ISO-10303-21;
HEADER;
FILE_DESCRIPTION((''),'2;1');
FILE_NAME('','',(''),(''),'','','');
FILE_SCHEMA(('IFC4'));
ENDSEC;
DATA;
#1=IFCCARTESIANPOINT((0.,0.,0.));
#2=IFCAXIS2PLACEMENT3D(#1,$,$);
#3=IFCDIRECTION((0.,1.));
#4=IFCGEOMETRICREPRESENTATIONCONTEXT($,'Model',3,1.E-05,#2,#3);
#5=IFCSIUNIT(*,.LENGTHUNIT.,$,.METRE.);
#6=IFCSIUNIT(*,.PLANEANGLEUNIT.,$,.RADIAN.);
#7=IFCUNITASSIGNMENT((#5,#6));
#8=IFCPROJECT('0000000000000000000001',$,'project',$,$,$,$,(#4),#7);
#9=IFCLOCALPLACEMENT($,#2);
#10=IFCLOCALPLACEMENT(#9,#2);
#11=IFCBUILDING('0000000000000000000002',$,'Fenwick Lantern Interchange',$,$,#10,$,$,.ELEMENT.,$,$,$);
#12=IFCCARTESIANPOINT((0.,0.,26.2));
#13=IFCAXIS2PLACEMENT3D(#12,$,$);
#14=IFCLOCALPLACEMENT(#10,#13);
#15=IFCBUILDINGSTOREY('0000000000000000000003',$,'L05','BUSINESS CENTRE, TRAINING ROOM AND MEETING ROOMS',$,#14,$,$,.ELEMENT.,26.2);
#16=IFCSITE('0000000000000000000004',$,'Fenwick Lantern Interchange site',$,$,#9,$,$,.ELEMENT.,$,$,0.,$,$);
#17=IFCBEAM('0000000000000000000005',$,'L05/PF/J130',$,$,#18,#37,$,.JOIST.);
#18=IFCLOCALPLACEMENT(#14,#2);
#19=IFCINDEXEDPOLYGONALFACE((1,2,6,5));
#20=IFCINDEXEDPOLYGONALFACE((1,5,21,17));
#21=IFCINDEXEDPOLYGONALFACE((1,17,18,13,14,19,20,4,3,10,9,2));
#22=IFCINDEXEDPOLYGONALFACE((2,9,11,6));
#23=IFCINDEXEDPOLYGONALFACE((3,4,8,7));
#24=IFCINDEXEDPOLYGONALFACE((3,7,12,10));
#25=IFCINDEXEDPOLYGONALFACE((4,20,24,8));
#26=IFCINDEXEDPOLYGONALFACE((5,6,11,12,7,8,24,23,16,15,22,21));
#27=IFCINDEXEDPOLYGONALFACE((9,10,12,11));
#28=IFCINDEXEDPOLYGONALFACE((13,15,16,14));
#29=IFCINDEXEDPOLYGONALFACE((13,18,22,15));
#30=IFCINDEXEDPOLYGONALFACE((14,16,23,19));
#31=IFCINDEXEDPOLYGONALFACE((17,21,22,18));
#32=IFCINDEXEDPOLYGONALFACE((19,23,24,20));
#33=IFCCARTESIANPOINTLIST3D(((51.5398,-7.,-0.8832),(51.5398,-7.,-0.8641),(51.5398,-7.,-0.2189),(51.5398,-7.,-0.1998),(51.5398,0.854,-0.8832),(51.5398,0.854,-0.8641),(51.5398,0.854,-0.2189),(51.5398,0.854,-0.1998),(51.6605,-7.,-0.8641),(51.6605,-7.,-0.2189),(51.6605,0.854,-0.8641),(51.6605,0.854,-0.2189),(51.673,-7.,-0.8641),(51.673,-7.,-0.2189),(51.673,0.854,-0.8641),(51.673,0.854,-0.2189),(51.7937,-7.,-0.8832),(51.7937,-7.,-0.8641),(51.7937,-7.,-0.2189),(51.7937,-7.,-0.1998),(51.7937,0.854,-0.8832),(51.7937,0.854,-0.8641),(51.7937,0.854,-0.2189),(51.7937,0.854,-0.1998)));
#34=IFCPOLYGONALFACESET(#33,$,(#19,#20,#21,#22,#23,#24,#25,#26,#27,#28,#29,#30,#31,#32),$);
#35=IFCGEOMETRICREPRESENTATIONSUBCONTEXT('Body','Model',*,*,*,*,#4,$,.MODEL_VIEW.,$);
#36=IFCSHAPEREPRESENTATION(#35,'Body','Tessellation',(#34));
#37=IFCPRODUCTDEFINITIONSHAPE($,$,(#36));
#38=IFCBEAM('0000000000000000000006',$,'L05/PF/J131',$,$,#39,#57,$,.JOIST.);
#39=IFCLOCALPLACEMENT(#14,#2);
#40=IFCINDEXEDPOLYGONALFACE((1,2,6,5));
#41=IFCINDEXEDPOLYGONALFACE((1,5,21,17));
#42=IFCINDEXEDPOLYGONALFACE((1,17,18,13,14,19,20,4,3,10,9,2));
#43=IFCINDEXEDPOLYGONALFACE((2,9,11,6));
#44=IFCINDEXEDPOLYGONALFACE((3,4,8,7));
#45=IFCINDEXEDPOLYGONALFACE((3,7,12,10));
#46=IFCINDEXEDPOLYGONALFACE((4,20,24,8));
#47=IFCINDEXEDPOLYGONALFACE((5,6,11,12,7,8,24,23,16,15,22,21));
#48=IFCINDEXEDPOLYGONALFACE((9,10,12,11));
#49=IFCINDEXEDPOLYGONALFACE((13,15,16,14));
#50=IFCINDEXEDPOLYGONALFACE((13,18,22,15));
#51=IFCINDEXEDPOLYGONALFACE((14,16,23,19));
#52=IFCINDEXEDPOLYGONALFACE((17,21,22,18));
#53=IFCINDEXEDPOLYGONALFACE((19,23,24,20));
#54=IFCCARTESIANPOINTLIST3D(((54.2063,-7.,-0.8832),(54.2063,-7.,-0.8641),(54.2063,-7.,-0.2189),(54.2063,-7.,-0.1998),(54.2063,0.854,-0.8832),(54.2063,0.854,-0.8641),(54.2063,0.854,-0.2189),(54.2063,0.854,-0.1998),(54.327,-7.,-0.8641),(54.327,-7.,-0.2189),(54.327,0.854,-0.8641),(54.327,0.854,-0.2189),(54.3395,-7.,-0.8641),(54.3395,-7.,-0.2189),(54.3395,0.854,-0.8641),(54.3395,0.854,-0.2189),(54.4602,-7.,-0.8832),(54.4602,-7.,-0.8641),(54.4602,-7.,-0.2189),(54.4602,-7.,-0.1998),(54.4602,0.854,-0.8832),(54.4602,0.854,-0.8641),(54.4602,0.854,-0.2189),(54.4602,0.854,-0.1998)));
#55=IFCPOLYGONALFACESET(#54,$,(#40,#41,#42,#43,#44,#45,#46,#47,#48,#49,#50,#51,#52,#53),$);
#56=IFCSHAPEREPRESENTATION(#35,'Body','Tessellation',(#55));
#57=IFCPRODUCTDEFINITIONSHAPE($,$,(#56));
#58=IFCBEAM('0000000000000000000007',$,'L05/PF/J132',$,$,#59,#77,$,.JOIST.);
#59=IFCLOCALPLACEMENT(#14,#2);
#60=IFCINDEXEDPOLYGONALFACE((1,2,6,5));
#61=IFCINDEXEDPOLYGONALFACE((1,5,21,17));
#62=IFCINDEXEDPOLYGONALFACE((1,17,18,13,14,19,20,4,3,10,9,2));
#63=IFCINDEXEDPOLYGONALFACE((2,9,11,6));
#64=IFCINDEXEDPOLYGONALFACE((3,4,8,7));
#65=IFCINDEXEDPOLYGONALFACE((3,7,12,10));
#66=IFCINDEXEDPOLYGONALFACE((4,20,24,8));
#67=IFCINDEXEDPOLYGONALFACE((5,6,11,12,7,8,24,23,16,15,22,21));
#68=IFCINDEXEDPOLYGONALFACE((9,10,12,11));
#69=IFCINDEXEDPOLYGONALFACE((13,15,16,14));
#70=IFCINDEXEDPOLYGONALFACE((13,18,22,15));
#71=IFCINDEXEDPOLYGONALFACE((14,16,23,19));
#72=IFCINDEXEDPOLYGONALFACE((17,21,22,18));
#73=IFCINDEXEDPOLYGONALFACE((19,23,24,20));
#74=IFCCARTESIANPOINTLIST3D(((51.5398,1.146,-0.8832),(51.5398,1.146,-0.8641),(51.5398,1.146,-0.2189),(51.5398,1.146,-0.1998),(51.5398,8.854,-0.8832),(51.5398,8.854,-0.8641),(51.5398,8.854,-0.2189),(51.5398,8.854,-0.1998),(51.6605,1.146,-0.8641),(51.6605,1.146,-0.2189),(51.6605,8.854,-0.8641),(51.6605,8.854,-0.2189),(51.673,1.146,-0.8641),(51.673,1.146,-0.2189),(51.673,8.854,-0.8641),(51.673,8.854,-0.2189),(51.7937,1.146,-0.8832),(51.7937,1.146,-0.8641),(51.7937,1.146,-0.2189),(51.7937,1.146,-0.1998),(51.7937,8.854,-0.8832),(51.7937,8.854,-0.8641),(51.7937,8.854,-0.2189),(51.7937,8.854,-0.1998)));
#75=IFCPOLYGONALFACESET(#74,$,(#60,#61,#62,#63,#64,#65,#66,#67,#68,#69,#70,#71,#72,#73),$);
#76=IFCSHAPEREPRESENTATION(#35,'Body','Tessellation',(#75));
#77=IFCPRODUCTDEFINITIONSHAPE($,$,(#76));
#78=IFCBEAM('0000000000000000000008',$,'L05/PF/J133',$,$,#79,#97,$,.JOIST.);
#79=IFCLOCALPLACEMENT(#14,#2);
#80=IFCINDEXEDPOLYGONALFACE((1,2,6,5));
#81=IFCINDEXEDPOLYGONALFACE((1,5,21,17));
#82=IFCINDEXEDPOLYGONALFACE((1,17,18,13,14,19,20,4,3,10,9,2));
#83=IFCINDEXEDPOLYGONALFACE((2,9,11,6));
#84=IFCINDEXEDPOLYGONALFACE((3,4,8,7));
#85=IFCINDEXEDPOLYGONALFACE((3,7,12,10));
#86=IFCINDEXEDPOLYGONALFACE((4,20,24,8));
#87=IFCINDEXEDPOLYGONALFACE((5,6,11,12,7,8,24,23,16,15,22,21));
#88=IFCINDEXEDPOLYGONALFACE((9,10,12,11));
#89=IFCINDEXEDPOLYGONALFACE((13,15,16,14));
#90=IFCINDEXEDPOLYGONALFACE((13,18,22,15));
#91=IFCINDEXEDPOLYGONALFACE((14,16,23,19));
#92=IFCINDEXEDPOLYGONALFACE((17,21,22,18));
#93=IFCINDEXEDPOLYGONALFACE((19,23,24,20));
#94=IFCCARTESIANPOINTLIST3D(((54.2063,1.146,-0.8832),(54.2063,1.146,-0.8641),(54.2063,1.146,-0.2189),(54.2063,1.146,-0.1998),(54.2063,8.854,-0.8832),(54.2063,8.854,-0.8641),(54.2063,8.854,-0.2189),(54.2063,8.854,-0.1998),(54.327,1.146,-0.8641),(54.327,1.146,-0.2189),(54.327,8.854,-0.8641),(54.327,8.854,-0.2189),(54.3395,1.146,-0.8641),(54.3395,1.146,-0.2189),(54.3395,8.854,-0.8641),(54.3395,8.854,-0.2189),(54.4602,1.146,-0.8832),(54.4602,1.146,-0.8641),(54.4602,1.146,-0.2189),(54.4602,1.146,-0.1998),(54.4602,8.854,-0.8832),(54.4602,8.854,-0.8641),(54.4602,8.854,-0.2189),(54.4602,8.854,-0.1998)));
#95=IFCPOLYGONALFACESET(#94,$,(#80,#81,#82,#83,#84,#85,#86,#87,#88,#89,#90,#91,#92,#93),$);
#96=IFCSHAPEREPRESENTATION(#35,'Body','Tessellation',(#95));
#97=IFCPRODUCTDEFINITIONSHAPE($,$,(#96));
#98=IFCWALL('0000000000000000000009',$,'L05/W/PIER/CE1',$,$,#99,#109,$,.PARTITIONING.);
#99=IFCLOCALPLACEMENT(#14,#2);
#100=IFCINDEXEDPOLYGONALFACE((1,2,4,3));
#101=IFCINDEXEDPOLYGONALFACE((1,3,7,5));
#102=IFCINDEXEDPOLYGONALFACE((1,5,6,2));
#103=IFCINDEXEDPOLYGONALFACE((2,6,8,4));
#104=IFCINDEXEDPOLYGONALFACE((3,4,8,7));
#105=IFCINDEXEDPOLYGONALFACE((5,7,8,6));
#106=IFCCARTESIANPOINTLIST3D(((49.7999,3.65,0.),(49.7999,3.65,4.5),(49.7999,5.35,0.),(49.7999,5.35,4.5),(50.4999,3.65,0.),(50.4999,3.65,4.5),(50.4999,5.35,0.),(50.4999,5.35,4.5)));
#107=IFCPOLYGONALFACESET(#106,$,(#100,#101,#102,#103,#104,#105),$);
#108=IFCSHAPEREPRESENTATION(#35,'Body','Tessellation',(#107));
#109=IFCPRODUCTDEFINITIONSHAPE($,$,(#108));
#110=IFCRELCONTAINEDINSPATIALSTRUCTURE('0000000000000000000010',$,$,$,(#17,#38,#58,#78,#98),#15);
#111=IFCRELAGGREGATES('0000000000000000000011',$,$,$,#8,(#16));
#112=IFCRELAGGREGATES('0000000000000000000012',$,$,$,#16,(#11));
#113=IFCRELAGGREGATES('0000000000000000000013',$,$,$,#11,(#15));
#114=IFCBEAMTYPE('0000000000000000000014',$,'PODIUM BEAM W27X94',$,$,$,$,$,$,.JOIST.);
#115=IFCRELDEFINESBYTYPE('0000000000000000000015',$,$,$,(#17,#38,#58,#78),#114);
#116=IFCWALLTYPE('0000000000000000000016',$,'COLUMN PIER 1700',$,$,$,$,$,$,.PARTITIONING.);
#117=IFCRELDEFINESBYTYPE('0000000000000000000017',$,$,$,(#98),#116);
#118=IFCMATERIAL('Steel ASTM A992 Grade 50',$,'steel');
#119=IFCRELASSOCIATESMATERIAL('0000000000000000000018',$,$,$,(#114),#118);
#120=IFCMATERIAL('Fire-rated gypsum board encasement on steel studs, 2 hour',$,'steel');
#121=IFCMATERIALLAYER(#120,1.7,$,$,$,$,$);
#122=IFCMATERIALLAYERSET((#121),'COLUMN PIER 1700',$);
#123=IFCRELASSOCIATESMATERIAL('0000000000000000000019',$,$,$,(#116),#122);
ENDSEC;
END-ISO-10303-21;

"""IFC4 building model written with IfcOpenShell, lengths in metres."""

from ifc_helpers import new_model, si_unit, direction, frame, frame_2d, origin, origin_2d, place, context, subcontext, project, spatial, rectangle, i_section, extrude, material, layer, layer_set, material_profile, profile_set, type_object, element, save


model = new_model("IFC4")

# Units and contexts
model_context = context("Model", 3, precision=1e-05, world=origin(), true_north=direction((0.0, 1.0)))
body_context = subcontext(model_context, "Body", "Model", "MODEL_VIEW")
ifc_project = project(units=[si_unit("LENGTHUNIT", "METRE"), si_unit("PLANEANGLEUNIT", "RADIAN")], contexts=[model_context])

# Site, building, storey
site_placement = place(None, origin())
site = spatial("IfcSite", under=ifc_project, at=site_placement, Name="Fenwick Lantern Interchange site", CompositionType="ELEMENT", RefElevation=0.0)
building_placement = place(site_placement, origin())
building = spatial("IfcBuilding", under=site, at=building_placement, Name="Fenwick Lantern Interchange", CompositionType="ELEMENT")
storey_placement = place(building_placement, frame((0.0, 0.0, 26.2)))
storey = spatial("IfcBuildingStorey", under=building, at=storey_placement, Name="L05", Description="BUSINESS CENTRE, TRAINING ROOM AND MEETING ROOMS", CompositionType="ELEMENT", Elevation=26.2)

# Shared definitions
ifc_material_1 = material(Name="Steel ASTM A992 Grade 50", Category="steel")

# Beams
ifc_material_profile_1 = material_profile(ifc_material_1, i_section(OverallWidth=0.2539, OverallDepth=0.6833, WebThickness=0.0125, FlangeThickness=0.019, at=origin_2d()), Name="W27X94")
ifc_profile_set_1 = profile_set([ifc_material_profile_1], Name="Steel ASTM A992 Grade 50")
beam_type_1 = type_object("IfcBeamType", Name="PODIUM BEAM W27X94", PredefinedType="JOIST", material=ifc_profile_set_1)
for number, where, z_axis, x_axis, name in (
    (1, (51.6667, -7.0, -0.5415), (0.0, 1.0, 0.0), (-1.0, 0.0, 0.0), "L05/PF/J130"),
    (2, (54.3333, -7.0, -0.5415), (0.0, 1.0, 0.0), (-1.0, 0.0, 0.0), "L05/PF/J131"),
):
    element("IfcBeam", number, at=place(storey_placement, frame(where, z_axis=z_axis, x_axis=x_axis)), inside=storey, type_object=beam_type_1, Name=name, PredefinedType="JOIST", context=body_context, shape_type="SweptSolid", body=[
        extrude(i_section(OverallWidth=0.2539, OverallDepth=0.6833, WebThickness=0.0125, FlangeThickness=0.019, at=origin_2d()), origin(), (0.0, 0.0, 1.0), 7.854),
    ])
for number, where, z_axis, x_axis, name in (
    (3, (51.6667, 1.146, -0.5415), (0.0, 1.0, 0.0), (-1.0, 0.0, 0.0), "L05/PF/J132"),
    (4, (54.3333, 1.146, -0.5415), (0.0, 1.0, 0.0), (-1.0, 0.0, 0.0), "L05/PF/J133"),
):
    element("IfcBeam", number, at=place(storey_placement, frame(where, z_axis=z_axis, x_axis=x_axis)), inside=storey, type_object=beam_type_1, Name=name, PredefinedType="JOIST", context=body_context, shape_type="SweptSolid", body=[
        extrude(i_section(OverallWidth=0.2539, OverallDepth=0.6833, WebThickness=0.0125, FlangeThickness=0.019, at=origin_2d()), origin(), (0.0, 0.0, 1.0), 7.708),
    ])

# Wall
ifc_material_2 = material(Name="Fire-rated gypsum board encasement on steel studs, 2 hour", Category="steel")
ifc_layer_1 = layer(ifc_material_2, 1.7)
ifc_layer_set_1 = layer_set([ifc_layer_1], Name="COLUMN PIER 1700")
wall_type_1 = type_object("IfcWallType", Name="COLUMN PIER 1700", PredefinedType="PARTITIONING", material=ifc_layer_set_1)
wall_1_placement = place(storey_placement, frame((50.5, 4.5, 0.0), z_axis=(0.0, 0.0, 1.0), x_axis=(-1.0, 0.0, 0.0)))
element("IfcWall", 5, at=wall_1_placement, inside=storey, type_object=wall_type_1, Name="L05/W/PIER/CE1", PredefinedType="PARTITIONING", context=body_context, shape_type="SweptSolid", body=[
    extrude(rectangle(XDim=0.7, YDim=1.7, at=frame_2d((0.3501, 0.0))), origin(), (0.0, 0.0, 1.0), 4.5),
])

save(model, "model.ifc")
